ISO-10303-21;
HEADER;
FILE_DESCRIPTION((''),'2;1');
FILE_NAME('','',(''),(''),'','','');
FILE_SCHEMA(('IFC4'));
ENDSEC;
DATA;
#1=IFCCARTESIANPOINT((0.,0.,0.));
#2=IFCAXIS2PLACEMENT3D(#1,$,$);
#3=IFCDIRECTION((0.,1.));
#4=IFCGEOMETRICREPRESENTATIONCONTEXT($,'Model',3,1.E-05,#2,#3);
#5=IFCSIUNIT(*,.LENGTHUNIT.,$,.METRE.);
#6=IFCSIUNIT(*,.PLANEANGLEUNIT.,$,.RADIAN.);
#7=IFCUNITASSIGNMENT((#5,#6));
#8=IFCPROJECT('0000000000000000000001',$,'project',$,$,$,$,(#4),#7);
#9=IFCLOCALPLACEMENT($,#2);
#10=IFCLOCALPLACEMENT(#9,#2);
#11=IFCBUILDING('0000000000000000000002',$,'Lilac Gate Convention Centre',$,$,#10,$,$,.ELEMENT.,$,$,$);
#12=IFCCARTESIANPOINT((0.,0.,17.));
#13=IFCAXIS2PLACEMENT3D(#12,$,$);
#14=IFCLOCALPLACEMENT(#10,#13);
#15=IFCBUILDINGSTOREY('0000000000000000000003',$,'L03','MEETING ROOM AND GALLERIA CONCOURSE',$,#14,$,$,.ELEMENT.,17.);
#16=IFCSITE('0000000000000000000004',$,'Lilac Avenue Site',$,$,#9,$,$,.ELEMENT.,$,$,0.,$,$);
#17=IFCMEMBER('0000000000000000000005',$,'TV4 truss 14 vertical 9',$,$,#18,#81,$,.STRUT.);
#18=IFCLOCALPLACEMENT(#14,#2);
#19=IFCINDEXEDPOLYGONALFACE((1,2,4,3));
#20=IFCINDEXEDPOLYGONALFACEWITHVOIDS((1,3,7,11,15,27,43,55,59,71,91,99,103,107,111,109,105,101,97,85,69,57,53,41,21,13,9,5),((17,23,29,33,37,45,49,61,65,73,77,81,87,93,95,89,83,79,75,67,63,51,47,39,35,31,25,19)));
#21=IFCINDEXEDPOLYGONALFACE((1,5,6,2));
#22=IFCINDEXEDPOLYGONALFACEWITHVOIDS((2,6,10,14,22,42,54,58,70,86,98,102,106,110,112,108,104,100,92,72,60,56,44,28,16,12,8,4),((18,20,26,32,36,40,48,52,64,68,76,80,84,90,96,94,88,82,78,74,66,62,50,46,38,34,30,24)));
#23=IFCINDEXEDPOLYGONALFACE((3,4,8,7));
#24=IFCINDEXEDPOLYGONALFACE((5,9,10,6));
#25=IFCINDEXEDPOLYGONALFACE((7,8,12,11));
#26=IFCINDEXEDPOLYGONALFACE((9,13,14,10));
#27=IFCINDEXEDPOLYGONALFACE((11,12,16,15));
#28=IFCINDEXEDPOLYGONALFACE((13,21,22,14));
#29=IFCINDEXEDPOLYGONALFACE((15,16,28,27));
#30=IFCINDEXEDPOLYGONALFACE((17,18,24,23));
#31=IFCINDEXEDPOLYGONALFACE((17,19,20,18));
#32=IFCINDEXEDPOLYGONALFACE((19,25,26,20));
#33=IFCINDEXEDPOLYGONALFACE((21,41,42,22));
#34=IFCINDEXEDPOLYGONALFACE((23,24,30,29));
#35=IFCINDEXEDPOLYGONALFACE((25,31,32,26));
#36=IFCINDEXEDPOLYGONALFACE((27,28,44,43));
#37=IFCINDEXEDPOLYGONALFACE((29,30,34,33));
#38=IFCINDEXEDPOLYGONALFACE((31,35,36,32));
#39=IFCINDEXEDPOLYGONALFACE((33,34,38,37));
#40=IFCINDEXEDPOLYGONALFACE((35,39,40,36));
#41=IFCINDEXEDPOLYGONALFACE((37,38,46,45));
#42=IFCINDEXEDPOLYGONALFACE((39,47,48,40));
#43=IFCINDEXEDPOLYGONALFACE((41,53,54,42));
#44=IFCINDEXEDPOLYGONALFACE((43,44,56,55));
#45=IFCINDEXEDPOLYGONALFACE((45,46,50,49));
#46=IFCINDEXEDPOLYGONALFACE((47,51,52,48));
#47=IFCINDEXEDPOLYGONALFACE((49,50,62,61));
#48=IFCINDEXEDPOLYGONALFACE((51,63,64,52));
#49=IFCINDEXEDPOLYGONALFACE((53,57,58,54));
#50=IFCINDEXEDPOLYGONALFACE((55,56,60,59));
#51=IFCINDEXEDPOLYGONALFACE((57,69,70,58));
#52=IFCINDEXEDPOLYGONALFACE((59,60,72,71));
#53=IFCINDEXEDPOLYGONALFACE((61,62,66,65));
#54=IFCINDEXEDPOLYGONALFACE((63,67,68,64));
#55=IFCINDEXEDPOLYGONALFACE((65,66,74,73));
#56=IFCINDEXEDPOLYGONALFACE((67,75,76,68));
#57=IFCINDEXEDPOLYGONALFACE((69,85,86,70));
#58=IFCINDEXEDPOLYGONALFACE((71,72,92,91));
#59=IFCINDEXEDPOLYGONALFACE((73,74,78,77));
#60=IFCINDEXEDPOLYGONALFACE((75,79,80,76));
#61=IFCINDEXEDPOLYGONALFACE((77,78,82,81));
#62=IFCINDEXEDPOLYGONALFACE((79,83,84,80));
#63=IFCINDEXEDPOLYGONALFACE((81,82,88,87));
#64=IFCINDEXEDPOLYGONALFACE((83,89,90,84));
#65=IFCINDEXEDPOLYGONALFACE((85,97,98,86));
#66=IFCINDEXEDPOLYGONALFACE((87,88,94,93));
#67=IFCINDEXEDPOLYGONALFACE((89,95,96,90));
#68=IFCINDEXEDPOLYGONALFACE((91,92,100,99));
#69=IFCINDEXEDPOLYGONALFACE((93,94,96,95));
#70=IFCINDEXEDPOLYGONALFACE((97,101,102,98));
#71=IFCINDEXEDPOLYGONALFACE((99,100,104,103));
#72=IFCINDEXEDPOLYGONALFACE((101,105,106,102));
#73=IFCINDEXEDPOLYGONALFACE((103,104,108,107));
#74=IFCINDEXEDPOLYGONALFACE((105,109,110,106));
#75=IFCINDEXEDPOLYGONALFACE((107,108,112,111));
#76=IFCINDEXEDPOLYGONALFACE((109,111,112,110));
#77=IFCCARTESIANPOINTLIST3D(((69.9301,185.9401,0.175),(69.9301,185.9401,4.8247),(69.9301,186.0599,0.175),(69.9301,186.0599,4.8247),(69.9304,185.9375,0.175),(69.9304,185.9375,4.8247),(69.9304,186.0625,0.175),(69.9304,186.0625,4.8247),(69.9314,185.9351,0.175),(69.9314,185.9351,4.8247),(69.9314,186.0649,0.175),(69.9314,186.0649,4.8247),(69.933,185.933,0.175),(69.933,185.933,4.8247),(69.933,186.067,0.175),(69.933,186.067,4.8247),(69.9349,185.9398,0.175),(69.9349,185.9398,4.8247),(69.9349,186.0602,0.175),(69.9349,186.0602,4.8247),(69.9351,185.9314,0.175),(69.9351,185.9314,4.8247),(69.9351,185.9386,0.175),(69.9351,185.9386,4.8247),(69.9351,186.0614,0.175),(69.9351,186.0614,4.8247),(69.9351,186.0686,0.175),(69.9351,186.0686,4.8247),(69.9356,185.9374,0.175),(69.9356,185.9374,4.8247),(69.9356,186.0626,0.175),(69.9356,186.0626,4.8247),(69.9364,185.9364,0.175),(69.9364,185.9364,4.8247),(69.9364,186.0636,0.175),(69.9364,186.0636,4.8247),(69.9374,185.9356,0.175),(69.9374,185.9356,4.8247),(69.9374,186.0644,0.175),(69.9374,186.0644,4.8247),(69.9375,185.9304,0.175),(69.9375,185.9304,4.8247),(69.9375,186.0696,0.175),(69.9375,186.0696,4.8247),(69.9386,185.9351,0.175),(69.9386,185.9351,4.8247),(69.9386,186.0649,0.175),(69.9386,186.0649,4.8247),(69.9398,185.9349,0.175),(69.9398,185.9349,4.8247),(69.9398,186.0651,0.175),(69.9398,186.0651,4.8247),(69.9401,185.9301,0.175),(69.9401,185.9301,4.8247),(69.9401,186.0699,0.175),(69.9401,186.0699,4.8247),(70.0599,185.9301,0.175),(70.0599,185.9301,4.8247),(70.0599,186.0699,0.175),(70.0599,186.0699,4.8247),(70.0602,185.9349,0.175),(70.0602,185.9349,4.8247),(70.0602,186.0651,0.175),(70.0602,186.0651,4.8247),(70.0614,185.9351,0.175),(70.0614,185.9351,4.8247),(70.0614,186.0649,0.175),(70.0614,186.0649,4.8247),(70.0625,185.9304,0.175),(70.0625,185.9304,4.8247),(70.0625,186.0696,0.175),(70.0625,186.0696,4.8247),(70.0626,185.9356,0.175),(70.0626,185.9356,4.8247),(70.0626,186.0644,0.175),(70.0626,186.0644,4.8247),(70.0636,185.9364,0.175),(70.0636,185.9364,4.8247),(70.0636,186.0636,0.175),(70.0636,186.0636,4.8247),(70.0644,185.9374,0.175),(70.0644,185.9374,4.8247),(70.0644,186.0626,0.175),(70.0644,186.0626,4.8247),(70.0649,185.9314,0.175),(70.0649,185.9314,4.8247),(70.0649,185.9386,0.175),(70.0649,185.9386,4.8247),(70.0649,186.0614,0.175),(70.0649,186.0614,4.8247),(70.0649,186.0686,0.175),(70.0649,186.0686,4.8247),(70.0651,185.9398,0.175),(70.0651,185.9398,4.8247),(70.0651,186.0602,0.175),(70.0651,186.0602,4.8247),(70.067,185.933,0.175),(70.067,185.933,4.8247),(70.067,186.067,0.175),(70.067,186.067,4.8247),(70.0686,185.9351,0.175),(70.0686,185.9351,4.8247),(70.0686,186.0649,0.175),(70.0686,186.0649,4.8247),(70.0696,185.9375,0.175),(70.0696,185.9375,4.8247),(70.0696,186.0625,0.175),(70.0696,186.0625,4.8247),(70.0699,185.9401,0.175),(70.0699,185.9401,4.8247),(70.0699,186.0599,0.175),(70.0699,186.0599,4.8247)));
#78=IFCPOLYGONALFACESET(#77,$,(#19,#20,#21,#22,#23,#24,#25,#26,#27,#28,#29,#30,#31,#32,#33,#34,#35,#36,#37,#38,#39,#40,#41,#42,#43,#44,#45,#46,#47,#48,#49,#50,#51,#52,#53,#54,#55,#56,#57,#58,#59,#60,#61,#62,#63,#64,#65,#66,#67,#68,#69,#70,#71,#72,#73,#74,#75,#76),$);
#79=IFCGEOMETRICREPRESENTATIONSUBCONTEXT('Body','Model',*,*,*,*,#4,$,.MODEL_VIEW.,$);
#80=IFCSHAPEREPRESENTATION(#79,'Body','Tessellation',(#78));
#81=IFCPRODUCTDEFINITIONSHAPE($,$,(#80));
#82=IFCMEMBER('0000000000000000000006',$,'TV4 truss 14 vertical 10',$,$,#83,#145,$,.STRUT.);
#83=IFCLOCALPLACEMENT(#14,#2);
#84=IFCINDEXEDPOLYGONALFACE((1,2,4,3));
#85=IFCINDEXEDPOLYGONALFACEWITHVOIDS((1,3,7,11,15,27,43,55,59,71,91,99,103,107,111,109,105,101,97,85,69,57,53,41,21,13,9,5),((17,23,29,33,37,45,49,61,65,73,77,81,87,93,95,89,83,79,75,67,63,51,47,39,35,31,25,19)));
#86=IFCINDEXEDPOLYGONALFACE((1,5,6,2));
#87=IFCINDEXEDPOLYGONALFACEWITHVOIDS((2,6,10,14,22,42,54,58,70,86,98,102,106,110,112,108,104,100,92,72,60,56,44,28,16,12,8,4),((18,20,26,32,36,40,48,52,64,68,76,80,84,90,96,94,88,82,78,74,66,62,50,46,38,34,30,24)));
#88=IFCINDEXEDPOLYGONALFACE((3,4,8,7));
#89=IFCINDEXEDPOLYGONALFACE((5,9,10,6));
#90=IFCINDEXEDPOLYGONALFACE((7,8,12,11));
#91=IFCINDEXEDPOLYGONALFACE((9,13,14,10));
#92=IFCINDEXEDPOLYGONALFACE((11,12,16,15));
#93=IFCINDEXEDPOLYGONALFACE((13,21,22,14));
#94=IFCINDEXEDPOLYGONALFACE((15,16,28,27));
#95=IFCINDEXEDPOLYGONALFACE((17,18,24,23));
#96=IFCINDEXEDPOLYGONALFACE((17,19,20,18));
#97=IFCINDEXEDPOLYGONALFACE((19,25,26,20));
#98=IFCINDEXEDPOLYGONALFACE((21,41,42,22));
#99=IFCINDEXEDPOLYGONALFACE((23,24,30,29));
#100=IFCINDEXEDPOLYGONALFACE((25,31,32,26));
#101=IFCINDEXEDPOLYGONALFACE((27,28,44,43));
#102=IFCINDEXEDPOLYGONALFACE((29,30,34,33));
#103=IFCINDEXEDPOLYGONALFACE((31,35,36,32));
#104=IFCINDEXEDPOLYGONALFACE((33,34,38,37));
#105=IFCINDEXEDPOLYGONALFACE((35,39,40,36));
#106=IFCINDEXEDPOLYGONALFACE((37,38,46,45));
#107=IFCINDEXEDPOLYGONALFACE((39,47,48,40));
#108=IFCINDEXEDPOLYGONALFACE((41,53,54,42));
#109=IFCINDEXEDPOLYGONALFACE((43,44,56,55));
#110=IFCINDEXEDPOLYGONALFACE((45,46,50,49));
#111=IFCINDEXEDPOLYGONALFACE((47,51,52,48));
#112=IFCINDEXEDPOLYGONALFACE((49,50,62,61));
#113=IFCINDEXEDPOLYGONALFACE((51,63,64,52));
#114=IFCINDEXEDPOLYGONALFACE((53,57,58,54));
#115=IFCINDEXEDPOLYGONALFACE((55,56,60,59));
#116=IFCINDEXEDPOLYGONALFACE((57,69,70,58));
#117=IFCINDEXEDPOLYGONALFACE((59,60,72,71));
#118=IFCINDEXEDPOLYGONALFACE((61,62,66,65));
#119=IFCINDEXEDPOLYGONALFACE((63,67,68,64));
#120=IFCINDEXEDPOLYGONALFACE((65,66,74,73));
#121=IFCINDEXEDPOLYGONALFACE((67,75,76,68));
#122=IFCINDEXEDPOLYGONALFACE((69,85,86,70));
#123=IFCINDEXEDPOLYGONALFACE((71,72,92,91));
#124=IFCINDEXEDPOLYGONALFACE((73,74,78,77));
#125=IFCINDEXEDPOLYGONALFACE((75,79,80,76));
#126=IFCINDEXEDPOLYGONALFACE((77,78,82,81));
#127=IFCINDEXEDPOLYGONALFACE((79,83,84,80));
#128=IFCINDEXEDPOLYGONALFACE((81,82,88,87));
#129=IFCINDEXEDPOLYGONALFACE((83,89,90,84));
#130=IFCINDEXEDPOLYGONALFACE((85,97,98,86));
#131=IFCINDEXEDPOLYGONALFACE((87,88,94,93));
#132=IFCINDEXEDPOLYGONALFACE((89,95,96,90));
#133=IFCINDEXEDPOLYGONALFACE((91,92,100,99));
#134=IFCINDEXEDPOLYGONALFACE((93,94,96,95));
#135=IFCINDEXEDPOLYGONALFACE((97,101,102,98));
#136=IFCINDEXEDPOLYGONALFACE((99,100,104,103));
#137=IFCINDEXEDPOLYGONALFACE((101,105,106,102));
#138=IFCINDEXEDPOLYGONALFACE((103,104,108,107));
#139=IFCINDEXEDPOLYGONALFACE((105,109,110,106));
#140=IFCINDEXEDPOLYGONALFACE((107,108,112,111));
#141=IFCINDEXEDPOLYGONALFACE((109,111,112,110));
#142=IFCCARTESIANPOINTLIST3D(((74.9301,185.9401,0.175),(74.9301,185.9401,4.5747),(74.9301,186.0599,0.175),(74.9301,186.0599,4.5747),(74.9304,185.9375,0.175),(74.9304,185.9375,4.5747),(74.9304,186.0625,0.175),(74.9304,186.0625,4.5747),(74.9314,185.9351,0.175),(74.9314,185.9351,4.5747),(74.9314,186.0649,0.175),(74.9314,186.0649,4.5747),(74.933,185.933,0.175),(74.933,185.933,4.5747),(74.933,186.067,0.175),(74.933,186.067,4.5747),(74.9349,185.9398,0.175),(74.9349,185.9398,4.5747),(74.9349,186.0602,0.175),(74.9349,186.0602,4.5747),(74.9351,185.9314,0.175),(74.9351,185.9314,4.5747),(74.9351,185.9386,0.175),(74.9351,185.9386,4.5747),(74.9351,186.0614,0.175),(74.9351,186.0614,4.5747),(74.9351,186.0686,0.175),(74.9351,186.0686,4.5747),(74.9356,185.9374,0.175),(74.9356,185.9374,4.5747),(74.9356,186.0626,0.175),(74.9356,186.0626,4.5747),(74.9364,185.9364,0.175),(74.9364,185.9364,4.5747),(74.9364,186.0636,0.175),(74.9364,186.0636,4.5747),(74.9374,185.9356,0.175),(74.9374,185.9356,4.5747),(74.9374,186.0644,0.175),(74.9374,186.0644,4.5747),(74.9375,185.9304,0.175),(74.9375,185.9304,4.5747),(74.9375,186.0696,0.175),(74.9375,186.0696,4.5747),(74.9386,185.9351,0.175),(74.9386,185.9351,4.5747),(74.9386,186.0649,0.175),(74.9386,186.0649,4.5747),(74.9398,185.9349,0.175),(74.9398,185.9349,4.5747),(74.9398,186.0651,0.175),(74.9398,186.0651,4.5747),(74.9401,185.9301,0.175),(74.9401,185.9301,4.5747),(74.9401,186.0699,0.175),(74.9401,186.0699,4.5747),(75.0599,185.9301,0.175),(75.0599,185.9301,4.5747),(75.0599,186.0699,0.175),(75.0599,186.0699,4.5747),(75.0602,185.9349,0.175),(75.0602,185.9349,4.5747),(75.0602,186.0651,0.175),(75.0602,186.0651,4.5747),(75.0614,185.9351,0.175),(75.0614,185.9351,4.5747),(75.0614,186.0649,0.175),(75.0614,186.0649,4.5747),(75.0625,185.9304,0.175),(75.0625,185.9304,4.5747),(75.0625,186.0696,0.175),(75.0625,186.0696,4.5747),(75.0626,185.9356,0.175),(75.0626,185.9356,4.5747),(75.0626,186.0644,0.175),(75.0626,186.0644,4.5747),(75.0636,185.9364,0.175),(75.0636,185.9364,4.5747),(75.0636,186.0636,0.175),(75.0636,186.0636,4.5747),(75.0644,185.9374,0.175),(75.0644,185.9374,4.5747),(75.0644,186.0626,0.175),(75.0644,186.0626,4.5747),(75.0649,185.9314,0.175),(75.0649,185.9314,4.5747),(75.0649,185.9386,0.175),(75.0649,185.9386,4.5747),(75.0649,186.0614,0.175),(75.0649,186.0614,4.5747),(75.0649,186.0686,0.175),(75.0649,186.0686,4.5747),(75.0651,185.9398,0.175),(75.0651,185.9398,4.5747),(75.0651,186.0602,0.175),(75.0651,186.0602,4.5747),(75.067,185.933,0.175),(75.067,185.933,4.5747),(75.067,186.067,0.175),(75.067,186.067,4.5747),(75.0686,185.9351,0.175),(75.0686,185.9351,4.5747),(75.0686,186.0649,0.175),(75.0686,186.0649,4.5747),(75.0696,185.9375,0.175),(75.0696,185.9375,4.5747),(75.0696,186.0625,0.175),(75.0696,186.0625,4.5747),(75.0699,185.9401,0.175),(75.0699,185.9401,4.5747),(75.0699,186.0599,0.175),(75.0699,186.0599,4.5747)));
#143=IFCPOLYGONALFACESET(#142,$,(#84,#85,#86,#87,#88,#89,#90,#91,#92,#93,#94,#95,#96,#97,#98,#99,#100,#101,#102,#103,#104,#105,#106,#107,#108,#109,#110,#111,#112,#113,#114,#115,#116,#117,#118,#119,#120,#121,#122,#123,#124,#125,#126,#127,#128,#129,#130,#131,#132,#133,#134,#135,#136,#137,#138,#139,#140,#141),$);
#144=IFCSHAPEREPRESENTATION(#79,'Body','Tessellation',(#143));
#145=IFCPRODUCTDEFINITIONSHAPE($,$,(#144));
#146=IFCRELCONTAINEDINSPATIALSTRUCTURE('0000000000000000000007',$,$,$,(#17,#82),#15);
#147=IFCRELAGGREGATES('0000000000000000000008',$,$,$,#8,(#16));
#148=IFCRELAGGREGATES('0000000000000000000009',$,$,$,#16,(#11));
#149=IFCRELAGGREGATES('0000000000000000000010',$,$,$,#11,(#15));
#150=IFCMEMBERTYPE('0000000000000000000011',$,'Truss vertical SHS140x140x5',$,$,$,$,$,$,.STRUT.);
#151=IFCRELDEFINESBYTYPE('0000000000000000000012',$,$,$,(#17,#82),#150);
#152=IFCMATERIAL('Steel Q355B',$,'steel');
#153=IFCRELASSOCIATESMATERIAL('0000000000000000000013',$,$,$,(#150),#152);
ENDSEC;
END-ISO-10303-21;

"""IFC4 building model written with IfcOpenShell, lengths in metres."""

from ifc_helpers import new_model, si_unit, direction, frame, origin, origin_2d, place, context, subcontext, project, spatial, hollow_rectangle, extrude, material, material_profile, profile_set, type_object, element, save


model = new_model("IFC4")

# Units and contexts
model_context = context("Model", 3, precision=1e-05, world=origin(), true_north=direction((0.0, 1.0)))
body_context = subcontext(model_context, "Body", "Model", "MODEL_VIEW")
ifc_project = project(units=[si_unit("LENGTHUNIT", "METRE"), si_unit("PLANEANGLEUNIT", "RADIAN")], contexts=[model_context])

# Site, building, storey
site_placement = place(None, origin())
site = spatial("IfcSite", under=ifc_project, at=site_placement, Name="Lilac Avenue Site", CompositionType="ELEMENT", RefElevation=0.0)
building_placement = place(site_placement, origin())
building = spatial("IfcBuilding", under=site, at=building_placement, Name="Lilac Gate Convention Centre", CompositionType="ELEMENT")
storey_placement = place(building_placement, frame((0.0, 0.0, 17.0)))
storey = spatial("IfcBuildingStorey", under=building, at=storey_placement, Name="L03", Description="MEETING ROOM AND GALLERIA CONCOURSE", CompositionType="ELEMENT", Elevation=17.0)

# Members
ifc_material = material(Name="Steel Q355B", Category="steel")
ifc_material_profile_1 = material_profile(ifc_material, hollow_rectangle(XDim=0.1399, YDim=0.1399, WallThickness=0.0049, InnerFilletRadius=0.0049, OuterFilletRadius=0.01, at=origin_2d()), Name="SHS140x140x5")
ifc_profile_set_1 = profile_set([ifc_material_profile_1], Name="Steel Q355B")
member_type_1 = type_object("IfcMemberType", Name="Truss vertical SHS140x140x5", PredefinedType="STRUT", material=ifc_profile_set_1)
member_1_placement = place(storey_placement, frame((70.0, 186.0, 0.175), z_axis=(0.0, 0.0, 1.0), x_axis=(1.0, 0.0, 0.0)))
element("IfcMember", 1, at=member_1_placement, inside=storey, type_object=member_type_1, Name="TV4 truss 14 vertical 9", PredefinedType="STRUT", context=body_context, shape_type="SweptSolid", body=[
    extrude(hollow_rectangle(XDim=0.1399, YDim=0.1399, WallThickness=0.0049, InnerFilletRadius=0.0049, OuterFilletRadius=0.01, at=origin_2d()), origin(), (0.0, 0.0, 1.0), 4.6497),
])
member_2_placement = place(storey_placement, frame((75.0, 186.0, 0.175), z_axis=(0.0, 0.0, 1.0), x_axis=(1.0, 0.0, 0.0)))
element("IfcMember", 2, at=member_2_placement, inside=storey, type_object=member_type_1, Name="TV4 truss 14 vertical 10", PredefinedType="STRUT", context=body_context, shape_type="SweptSolid", body=[
    extrude(hollow_rectangle(XDim=0.1399, YDim=0.1399, WallThickness=0.0049, InnerFilletRadius=0.0049, OuterFilletRadius=0.01, at=origin_2d()), origin(), (0.0, 0.0, 1.0), 4.3997),
])

save(model, "model.ifc")
